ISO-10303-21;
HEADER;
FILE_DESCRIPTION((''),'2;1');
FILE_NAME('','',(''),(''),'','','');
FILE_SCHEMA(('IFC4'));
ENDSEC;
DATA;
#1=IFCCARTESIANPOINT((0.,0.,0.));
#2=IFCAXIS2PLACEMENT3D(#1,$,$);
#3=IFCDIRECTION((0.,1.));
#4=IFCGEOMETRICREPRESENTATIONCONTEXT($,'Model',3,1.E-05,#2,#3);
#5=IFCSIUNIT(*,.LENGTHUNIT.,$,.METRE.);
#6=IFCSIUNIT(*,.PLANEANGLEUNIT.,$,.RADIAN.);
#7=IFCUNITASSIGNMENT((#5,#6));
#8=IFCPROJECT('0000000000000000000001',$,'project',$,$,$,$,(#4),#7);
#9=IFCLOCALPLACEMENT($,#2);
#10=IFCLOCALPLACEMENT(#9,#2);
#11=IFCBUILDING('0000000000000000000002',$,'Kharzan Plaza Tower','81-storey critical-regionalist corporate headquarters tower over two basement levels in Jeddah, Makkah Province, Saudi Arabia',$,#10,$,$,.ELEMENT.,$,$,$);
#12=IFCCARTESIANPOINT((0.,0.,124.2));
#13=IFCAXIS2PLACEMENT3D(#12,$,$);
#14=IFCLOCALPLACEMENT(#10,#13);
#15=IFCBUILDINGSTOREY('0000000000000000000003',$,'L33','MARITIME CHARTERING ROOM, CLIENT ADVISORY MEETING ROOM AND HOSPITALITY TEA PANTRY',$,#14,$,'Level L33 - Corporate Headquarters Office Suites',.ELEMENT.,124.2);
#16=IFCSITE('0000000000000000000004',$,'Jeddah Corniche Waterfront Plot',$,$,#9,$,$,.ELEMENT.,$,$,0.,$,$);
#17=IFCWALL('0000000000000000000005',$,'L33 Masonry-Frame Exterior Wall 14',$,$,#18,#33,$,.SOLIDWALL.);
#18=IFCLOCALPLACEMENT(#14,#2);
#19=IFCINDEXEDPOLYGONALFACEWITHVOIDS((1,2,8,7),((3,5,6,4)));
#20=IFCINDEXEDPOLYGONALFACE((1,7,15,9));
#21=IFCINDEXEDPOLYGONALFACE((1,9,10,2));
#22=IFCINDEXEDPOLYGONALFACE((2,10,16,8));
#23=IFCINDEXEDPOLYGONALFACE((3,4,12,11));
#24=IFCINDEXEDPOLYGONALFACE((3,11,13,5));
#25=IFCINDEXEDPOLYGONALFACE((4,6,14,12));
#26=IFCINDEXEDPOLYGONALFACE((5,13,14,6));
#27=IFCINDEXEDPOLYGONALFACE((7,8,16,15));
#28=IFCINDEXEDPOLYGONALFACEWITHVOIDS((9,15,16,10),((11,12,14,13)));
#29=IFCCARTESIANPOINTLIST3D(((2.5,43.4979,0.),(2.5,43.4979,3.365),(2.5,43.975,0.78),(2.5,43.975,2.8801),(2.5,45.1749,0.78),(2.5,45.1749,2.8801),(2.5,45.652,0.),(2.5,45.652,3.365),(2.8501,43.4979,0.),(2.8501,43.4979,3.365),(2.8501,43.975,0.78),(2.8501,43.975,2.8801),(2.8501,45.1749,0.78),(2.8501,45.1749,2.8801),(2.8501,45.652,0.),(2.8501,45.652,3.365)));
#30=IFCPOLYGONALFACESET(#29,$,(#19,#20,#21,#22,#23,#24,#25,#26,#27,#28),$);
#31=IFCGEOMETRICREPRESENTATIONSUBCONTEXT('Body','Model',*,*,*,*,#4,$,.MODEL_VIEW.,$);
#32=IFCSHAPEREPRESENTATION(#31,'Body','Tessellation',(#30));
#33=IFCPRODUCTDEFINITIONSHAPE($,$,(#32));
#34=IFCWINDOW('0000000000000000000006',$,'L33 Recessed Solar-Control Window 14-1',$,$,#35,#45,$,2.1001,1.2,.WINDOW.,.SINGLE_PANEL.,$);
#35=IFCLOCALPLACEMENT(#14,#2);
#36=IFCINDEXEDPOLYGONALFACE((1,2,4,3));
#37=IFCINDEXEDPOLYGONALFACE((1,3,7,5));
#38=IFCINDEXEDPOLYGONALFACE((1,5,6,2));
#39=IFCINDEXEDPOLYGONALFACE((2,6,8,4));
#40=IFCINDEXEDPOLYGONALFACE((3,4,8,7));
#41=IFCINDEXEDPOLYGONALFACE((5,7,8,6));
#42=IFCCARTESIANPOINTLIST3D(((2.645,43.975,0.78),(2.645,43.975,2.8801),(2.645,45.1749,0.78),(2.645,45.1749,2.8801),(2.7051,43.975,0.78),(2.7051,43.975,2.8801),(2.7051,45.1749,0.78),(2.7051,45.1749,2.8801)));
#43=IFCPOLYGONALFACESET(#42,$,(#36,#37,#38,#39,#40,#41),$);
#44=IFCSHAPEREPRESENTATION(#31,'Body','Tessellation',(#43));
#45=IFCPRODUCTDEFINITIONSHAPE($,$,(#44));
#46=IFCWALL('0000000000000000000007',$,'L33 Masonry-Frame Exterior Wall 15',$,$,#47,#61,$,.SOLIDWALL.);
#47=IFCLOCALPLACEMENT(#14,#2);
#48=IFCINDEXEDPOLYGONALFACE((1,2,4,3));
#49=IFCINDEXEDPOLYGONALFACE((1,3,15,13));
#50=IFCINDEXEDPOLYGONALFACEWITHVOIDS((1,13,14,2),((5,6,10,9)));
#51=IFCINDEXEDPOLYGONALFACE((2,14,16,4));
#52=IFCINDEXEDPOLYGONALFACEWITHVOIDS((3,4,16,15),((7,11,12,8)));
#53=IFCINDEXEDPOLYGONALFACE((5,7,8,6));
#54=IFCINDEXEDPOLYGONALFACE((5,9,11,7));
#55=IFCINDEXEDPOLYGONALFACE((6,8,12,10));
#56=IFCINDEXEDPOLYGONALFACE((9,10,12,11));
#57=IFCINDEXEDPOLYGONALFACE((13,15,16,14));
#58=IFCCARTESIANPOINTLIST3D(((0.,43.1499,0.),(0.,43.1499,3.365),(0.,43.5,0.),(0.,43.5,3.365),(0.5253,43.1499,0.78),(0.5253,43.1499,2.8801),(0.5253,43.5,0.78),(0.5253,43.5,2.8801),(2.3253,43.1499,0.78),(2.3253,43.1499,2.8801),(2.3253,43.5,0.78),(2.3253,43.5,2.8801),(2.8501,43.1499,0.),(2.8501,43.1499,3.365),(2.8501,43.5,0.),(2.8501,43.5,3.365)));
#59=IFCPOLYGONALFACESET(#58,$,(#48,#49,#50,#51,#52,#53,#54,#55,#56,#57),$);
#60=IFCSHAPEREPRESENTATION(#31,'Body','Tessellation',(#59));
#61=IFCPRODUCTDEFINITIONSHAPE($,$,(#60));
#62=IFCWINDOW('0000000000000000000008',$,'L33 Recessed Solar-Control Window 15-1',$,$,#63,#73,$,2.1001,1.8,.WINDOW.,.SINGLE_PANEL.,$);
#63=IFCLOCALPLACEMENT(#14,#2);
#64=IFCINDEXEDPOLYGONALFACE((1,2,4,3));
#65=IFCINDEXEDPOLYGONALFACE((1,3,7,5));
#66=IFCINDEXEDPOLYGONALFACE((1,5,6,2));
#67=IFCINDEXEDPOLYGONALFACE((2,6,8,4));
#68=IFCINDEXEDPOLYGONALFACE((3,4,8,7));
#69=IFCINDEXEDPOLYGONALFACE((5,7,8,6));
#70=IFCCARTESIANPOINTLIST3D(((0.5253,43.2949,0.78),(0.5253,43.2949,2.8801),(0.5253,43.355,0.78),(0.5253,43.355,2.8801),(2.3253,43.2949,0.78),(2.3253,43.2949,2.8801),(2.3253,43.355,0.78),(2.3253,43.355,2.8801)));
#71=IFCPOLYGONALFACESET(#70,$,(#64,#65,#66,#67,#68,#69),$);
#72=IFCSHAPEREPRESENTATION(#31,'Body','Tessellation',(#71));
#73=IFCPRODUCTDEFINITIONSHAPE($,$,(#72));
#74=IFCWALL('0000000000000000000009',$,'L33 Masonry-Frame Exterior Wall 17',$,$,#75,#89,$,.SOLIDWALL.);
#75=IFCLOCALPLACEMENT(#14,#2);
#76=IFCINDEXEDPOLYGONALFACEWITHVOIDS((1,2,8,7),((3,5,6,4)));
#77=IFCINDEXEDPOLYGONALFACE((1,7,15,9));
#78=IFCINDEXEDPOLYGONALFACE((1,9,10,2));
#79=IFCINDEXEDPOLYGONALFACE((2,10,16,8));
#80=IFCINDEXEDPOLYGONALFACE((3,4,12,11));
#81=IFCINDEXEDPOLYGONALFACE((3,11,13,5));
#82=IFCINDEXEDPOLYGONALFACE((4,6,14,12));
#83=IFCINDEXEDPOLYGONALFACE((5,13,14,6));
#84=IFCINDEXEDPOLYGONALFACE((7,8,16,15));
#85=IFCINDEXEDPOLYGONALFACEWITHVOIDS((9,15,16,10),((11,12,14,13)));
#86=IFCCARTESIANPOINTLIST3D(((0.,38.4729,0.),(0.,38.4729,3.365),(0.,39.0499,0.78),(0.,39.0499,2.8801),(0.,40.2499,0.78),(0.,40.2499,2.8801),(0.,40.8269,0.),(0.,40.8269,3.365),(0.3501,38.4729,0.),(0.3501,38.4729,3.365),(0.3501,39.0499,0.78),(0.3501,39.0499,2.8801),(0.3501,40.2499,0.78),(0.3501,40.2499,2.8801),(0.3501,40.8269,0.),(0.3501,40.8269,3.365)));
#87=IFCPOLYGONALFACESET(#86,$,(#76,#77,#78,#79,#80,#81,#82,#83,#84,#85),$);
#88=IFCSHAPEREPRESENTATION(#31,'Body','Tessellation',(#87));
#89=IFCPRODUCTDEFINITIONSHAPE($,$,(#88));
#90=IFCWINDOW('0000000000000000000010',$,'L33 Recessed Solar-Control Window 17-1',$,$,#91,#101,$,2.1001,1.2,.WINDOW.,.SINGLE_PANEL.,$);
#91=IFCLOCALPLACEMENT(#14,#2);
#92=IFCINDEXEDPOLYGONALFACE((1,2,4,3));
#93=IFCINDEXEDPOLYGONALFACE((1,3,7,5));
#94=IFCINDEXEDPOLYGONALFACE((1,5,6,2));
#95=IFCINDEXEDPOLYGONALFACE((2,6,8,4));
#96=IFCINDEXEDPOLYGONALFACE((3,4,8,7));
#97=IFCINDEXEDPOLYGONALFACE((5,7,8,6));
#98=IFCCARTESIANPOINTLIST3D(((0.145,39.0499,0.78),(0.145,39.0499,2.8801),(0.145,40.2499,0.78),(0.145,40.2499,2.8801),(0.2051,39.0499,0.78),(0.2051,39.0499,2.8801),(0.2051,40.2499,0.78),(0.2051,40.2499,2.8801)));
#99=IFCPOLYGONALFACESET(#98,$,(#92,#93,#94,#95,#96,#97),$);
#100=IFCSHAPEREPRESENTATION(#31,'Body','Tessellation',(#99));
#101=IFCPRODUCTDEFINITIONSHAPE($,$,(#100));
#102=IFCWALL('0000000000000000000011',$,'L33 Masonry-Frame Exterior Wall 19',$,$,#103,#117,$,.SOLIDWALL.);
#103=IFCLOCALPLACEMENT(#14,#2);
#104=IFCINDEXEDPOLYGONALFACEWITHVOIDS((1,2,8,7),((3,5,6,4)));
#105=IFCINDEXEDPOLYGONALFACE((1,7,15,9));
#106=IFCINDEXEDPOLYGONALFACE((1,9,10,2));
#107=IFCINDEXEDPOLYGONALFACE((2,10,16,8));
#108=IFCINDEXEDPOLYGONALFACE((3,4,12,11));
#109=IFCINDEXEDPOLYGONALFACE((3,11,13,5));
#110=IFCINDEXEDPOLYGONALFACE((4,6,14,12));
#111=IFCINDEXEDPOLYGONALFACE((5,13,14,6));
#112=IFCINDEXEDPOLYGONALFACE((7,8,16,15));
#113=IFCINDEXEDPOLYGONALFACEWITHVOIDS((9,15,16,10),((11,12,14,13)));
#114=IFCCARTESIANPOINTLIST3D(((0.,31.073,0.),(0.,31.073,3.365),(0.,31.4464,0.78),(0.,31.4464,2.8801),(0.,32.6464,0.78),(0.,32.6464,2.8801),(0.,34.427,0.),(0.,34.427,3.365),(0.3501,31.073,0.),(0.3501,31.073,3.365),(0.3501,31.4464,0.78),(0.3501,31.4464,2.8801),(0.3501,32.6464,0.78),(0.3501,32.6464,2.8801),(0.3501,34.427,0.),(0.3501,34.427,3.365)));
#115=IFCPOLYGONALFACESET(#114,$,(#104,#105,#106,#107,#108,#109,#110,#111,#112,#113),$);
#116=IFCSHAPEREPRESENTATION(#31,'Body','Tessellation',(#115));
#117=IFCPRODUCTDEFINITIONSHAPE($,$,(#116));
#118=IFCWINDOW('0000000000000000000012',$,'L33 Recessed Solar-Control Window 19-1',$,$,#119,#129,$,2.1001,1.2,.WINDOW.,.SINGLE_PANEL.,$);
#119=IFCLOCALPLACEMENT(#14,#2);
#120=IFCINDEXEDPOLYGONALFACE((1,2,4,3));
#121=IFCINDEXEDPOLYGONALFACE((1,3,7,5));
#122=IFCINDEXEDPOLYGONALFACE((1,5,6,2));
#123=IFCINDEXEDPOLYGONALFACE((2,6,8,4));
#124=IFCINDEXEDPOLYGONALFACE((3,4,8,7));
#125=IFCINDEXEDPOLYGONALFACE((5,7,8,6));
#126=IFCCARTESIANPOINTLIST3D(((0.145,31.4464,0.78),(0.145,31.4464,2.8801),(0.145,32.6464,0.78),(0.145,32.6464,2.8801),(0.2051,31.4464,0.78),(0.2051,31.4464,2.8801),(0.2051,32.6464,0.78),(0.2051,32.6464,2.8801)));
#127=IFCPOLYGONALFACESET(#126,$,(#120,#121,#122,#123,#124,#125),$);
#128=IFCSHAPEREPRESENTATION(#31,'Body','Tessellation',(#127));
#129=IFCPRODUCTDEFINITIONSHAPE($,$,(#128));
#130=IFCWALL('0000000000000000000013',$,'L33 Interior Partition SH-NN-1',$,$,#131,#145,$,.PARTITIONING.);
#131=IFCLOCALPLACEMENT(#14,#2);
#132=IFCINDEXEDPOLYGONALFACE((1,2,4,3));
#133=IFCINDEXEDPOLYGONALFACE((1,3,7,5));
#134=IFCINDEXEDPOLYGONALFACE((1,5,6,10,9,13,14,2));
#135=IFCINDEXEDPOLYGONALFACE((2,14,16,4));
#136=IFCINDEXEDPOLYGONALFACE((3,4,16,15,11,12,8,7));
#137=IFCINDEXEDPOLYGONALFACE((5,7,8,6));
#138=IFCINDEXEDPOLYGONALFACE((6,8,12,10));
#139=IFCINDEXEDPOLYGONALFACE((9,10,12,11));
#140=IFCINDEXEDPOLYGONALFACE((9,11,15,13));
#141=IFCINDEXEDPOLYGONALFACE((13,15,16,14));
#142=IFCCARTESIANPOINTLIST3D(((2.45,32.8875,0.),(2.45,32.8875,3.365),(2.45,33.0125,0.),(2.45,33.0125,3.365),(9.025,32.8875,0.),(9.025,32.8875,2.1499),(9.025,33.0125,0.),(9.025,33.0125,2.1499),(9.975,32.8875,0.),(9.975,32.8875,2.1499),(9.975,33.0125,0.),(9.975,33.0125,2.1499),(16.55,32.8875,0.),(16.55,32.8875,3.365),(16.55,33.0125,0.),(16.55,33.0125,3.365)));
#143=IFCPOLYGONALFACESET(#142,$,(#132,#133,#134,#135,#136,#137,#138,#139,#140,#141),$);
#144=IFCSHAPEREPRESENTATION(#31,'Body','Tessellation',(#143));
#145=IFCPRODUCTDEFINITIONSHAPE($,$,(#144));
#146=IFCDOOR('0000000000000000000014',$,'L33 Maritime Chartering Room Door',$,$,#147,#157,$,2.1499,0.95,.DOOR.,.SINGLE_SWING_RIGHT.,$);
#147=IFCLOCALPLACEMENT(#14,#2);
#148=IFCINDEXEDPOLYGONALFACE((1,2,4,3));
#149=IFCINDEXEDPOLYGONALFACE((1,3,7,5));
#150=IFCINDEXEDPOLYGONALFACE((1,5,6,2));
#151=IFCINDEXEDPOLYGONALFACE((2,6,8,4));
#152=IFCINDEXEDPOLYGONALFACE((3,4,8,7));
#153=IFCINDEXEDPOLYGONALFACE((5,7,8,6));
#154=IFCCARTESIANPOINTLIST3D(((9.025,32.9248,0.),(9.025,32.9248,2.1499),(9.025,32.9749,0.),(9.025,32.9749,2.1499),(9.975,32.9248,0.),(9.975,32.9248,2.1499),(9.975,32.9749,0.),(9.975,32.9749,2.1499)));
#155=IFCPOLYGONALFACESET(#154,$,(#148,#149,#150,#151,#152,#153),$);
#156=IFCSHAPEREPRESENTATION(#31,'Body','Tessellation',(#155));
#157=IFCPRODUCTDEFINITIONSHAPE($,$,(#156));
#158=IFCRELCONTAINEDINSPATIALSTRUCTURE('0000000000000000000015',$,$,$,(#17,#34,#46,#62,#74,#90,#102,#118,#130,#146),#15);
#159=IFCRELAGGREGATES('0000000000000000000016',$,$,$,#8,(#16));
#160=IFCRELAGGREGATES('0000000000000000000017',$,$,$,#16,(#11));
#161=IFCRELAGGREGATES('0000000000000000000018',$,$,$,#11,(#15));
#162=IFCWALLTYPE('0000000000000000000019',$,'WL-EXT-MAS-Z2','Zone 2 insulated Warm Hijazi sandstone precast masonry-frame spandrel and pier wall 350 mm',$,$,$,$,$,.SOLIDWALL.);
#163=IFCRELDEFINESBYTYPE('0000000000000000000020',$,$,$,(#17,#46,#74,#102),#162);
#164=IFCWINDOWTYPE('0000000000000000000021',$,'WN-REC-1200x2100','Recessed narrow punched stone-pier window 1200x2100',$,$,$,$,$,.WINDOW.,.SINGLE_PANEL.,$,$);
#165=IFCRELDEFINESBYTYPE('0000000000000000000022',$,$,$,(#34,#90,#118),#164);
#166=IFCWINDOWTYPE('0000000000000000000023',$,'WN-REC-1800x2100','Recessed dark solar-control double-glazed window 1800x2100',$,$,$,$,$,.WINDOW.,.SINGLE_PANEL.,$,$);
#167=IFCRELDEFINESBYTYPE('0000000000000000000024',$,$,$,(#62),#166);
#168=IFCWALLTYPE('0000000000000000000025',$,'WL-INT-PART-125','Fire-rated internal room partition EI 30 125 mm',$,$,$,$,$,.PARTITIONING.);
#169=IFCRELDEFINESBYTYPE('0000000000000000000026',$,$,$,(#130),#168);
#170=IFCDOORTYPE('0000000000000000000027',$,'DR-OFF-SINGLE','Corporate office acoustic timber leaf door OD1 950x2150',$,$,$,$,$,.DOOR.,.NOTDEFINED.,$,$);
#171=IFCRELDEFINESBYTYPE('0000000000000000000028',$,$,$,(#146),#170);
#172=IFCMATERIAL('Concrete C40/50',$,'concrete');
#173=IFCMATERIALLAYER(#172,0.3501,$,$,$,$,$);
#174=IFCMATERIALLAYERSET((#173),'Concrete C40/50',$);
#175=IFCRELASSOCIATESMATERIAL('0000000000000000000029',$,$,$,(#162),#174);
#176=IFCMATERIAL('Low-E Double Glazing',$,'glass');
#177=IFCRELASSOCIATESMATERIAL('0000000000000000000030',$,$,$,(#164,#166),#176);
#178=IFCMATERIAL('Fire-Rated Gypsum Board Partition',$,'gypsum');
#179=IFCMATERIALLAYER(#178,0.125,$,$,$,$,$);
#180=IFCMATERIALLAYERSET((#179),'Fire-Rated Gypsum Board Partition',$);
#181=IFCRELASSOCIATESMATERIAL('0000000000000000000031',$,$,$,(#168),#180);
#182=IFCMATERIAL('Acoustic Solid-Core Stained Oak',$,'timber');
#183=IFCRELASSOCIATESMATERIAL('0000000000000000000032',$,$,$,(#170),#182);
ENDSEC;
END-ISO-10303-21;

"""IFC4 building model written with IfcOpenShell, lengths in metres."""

from ifc_helpers import new_model, si_unit, direction, frame, frame_2d, origin, place, context, subcontext, project, spatial, rectangle, extrude, source, transform, mapped, material, layer, layer_set, type_object, element, fill, save


model = new_model("IFC4")

# Units and contexts
model_context = context("Model", 3, precision=1e-05, world=origin(), true_north=direction((0.0, 1.0)))
body_context = subcontext(model_context, "Body", "Model", "MODEL_VIEW")
ifc_project = project(units=[si_unit("LENGTHUNIT", "METRE"), si_unit("PLANEANGLEUNIT", "RADIAN")], contexts=[model_context])

# Site, building, storey
site_placement = place(None, origin())
site = spatial("IfcSite", under=ifc_project, at=site_placement, Name="Jeddah Corniche Waterfront Plot", CompositionType="ELEMENT", RefElevation=0.0)
building_placement = place(site_placement, origin())
building = spatial("IfcBuilding", under=site, at=building_placement, Name="Kharzan Plaza Tower", Description="81-storey critical-regionalist corporate headquarters tower over two basement levels in Jeddah, Makkah Province, Saudi Arabia", CompositionType="ELEMENT")
storey_placement = place(building_placement, frame((0.0, 0.0, 124.2)))
storey = spatial("IfcBuildingStorey", under=building, at=storey_placement, Name="L33", Description="MARITIME CHARTERING ROOM, CLIENT ADVISORY MEETING ROOM AND HOSPITALITY TEA PANTRY", LongName="Level L33 - Corporate Headquarters Office Suites", CompositionType="ELEMENT", Elevation=124.2)

# Walls, openings, windows
ifc_material_1 = material(Name="Concrete C40/50", Category="concrete")
ifc_layer_1 = layer(ifc_material_1, 0.3501)
ifc_layer_set_1 = layer_set([ifc_layer_1], Name="Concrete C40/50")
wall_type_1 = type_object("IfcWallType", Name="WL-EXT-MAS-Z2", Description="Zone 2 insulated Warm Hijazi sandstone precast masonry-frame spandrel and pier wall 350 mm", PredefinedType="SOLIDWALL", material=ifc_layer_set_1)
wall_1_placement = place(storey_placement, frame((2.675, 45.6521, 0.0), z_axis=(0.0, 0.0, 1.0), x_axis=(0.0, -1.0, 0.0)))
wall_1 = element("IfcWall", 1, at=wall_1_placement, inside=storey, type_object=wall_type_1, Name="L33 Masonry-Frame Exterior Wall 14", PredefinedType="SOLIDWALL", context=body_context, shape_type="SweptSolid", body=[
    extrude(rectangle(XDim=2.1541, YDim=0.3501, at=frame_2d((1.0771, 0.0))), origin(), (0.0, 0.0, 1.0), 3.365),
])
opening_1_placement = place(wall_1_placement, frame((0.4771, 0.0, 0.78)))
opening_1 = element("IfcOpeningElement", 2, at=opening_1_placement, cuts=wall_1, PredefinedType="OPENING", context=body_context, shape_type="SweptSolid", body=[
    extrude(rectangle(XDim=1.2, YDim=2.1001, at=frame_2d((0.6001, 1.05))), frame((0.0, 0.1851, 0.0), z_axis=(0.0, -1.0, 0.0), x_axis=(1.0, 0.0, 0.0)), (0.0, 0.0, 1.0), 0.3701),
])
ifc_material_2 = material(Name="Low-E Double Glazing", Category="glass")
window_type_1 = type_object("IfcWindowType", Name="WN-REC-1200x2100", Description="Recessed narrow punched stone-pier window 1200x2100", PartitioningType="SINGLE_PANEL", PredefinedType="WINDOW", material=ifc_material_2)
shared_shape_1 = source(origin(), body_context, "Body", "SweptSolid", [
    extrude(rectangle(XDim=1.2, YDim=2.1001, at=frame_2d((0.6001, 1.05))), frame((0.0, 0.03, 0.0), z_axis=(0.0, -1.0, 0.0), x_axis=(1.0, 0.0, 0.0)), (0.0, 0.0, 1.0), 0.0601),
])
window_1_placement = place(opening_1_placement, origin())
window_1 = element("IfcWindow", 3, at=window_1_placement, inside=storey, type_object=window_type_1, Name="L33 Recessed Solar-Control Window 14-1", OverallHeight=2.1001, OverallWidth=1.2, PartitioningType="SINGLE_PANEL", PredefinedType="WINDOW", context=body_context, shape_type="MappedRepresentation", body=[
    mapped(shared_shape_1, transform((0.0, 0.0, 0.0), x_axis=(1.0, 0.0, 0.0), y_axis=(0.0, 1.0, 0.0), z_axis=(0.0, 0.0, 1.0))),
])
fill(opening_1, window_1)
wall_2_placement = place(storey_placement, frame((2.8501, 43.325, 0.0), z_axis=(0.0, 0.0, 1.0), x_axis=(-1.0, 0.0, 0.0)))
wall_2 = element("IfcWall", 4, at=wall_2_placement, inside=storey, type_object=wall_type_1, Name="L33 Masonry-Frame Exterior Wall 15", PredefinedType="SOLIDWALL", context=body_context, shape_type="SweptSolid", body=[
    extrude(rectangle(XDim=2.8501, YDim=0.3501, at=frame_2d((1.425, 0.0))), origin(), (0.0, 0.0, 1.0), 3.365),
])
opening_2_placement = place(wall_2_placement, frame((0.5249, 0.0, 0.78)))
opening_2 = element("IfcOpeningElement", 5, at=opening_2_placement, cuts=wall_2, PredefinedType="OPENING", context=body_context, shape_type="SweptSolid", body=[
    extrude(rectangle(XDim=1.8, YDim=2.1001, at=frame_2d((0.8999, 1.05))), frame((0.0, 0.1851, 0.0), z_axis=(0.0, -1.0, 0.0), x_axis=(1.0, 0.0, 0.0)), (0.0, 0.0, 1.0), 0.3701),
])
window_type_2 = type_object("IfcWindowType", Name="WN-REC-1800x2100", Description="Recessed dark solar-control double-glazed window 1800x2100", PartitioningType="SINGLE_PANEL", PredefinedType="WINDOW", material=ifc_material_2)
shared_shape_2 = source(origin(), body_context, "Body", "SweptSolid", [
    extrude(rectangle(XDim=1.8, YDim=2.1001, at=frame_2d((0.8999, 1.05))), frame((0.0, 0.03, 0.0), z_axis=(0.0, -1.0, 0.0), x_axis=(1.0, 0.0, 0.0)), (0.0, 0.0, 1.0), 0.0601),
])
window_2_placement = place(opening_2_placement, origin())
window_2 = element("IfcWindow", 6, at=window_2_placement, inside=storey, type_object=window_type_2, Name="L33 Recessed Solar-Control Window 15-1", OverallHeight=2.1001, OverallWidth=1.8, PartitioningType="SINGLE_PANEL", PredefinedType="WINDOW", context=body_context, shape_type="MappedRepresentation", body=[
    mapped(shared_shape_2, transform((0.0, 0.0, 0.0), x_axis=(1.0, 0.0, 0.0), y_axis=(0.0, 1.0, 0.0), z_axis=(0.0, 0.0, 1.0))),
])
fill(opening_2, window_2)
wall_3_placement = place(storey_placement, frame((0.175, 40.8269, 0.0), z_axis=(0.0, 0.0, 1.0), x_axis=(0.0, -1.0, 0.0)))
wall_3 = element("IfcWall", 7, at=wall_3_placement, inside=storey, type_object=wall_type_1, Name="L33 Masonry-Frame Exterior Wall 17", PredefinedType="SOLIDWALL", context=body_context, shape_type="SweptSolid", body=[
    extrude(rectangle(XDim=2.354, YDim=0.3501, at=frame_2d((1.177, 0.0))), origin(), (0.0, 0.0, 1.0), 3.365),
])
opening_3_placement = place(wall_3_placement, frame((0.5769, 0.0, 0.78)))
opening_3 = element("IfcOpeningElement", 8, at=opening_3_placement, cuts=wall_3, PredefinedType="OPENING", context=body_context, shape_type="SweptSolid", body=[
    extrude(rectangle(XDim=1.2, YDim=2.1001, at=frame_2d((0.6001, 1.05))), frame((0.0, 0.1851, 0.0), z_axis=(0.0, -1.0, 0.0), x_axis=(1.0, 0.0, 0.0)), (0.0, 0.0, 1.0), 0.3701),
])
window_3_placement = place(opening_3_placement, origin())
window_3 = element("IfcWindow", 9, at=window_3_placement, inside=storey, type_object=window_type_1, Name="L33 Recessed Solar-Control Window 17-1", OverallHeight=2.1001, OverallWidth=1.2, PartitioningType="SINGLE_PANEL", PredefinedType="WINDOW", context=body_context, shape_type="MappedRepresentation", body=[
    mapped(shared_shape_1, transform((0.0, 0.0, 0.0), x_axis=(1.0, 0.0, 0.0), y_axis=(0.0, 1.0, 0.0), z_axis=(0.0, 0.0, 1.0))),
])
fill(opening_3, window_3)
wall_4_placement = place(storey_placement, frame((0.175, 34.427, 0.0), z_axis=(0.0, 0.0, 1.0), x_axis=(0.0, -1.0, 0.0)))
wall_4 = element("IfcWall", 10, at=wall_4_placement, inside=storey, type_object=wall_type_1, Name="L33 Masonry-Frame Exterior Wall 19", PredefinedType="SOLIDWALL", context=body_context, shape_type="SweptSolid", body=[
    extrude(rectangle(XDim=3.354, YDim=0.3501, at=frame_2d((1.677, 0.0))), origin(), (0.0, 0.0, 1.0), 3.365),
])
opening_4_placement = place(wall_4_placement, frame((1.7805, 0.0, 0.78)))
opening_4 = element("IfcOpeningElement", 11, at=opening_4_placement, cuts=wall_4, PredefinedType="OPENING", context=body_context, shape_type="SweptSolid", body=[
    extrude(rectangle(XDim=1.2, YDim=2.1001, at=frame_2d((0.6001, 1.05))), frame((0.0, 0.1851, 0.0), z_axis=(0.0, -1.0, 0.0), x_axis=(1.0, 0.0, 0.0)), (0.0, 0.0, 1.0), 0.3701),
])
window_4_placement = place(opening_4_placement, origin())
window_4 = element("IfcWindow", 12, at=window_4_placement, inside=storey, type_object=window_type_1, Name="L33 Recessed Solar-Control Window 19-1", OverallHeight=2.1001, OverallWidth=1.2, PartitioningType="SINGLE_PANEL", PredefinedType="WINDOW", context=body_context, shape_type="MappedRepresentation", body=[
    mapped(shared_shape_1, transform((0.0, 0.0, 0.0), x_axis=(1.0, 0.0, 0.0), y_axis=(0.0, 1.0, 0.0), z_axis=(0.0, 0.0, 1.0))),
])
fill(opening_4, window_4)

# Wall, opening, door
ifc_material_3 = material(Name="Fire-Rated Gypsum Board Partition", Category="gypsum")
ifc_layer_2 = layer(ifc_material_3, 0.125)
ifc_layer_set_2 = layer_set([ifc_layer_2], Name="Fire-Rated Gypsum Board Partition")
wall_type_2 = type_object("IfcWallType", Name="WL-INT-PART-125", Description="Fire-rated internal room partition EI 30 125 mm", PredefinedType="PARTITIONING", material=ifc_layer_set_2)
wall_5_placement = place(storey_placement, frame((2.45, 32.95, 0.0), z_axis=(0.0, 0.0, 1.0), x_axis=(1.0, 0.0, 0.0)))
wall_5 = element("IfcWall", 13, at=wall_5_placement, inside=storey, type_object=wall_type_2, Name="L33 Interior Partition SH-NN-1", PredefinedType="PARTITIONING", context=body_context, shape_type="SweptSolid", body=[
    extrude(rectangle(XDim=14.1001, YDim=0.125, at=frame_2d((7.05, 0.0))), origin(), (0.0, 0.0, 1.0), 3.365),
])
opening_5_placement = place(wall_5_placement, frame((6.575, 0.0, 0.0)))
opening_5 = element("IfcOpeningElement", 14, at=opening_5_placement, cuts=wall_5, PredefinedType="OPENING", context=body_context, shape_type="SweptSolid", body=[
    extrude(rectangle(XDim=0.95, YDim=2.1499, at=frame_2d((0.4751, 1.075))), frame((0.0, 0.0725, 0.0), z_axis=(0.0, -1.0, 0.0), x_axis=(1.0, 0.0, 0.0)), (0.0, 0.0, 1.0), 0.145),
])
ifc_material_4 = material(Name="Acoustic Solid-Core Stained Oak", Category="timber")
door_type = type_object("IfcDoorType", Name="DR-OFF-SINGLE", Description="Corporate office acoustic timber leaf door OD1 950x2150", OperationType="NOTDEFINED", PredefinedType="DOOR", material=ifc_material_4)
shared_shape_3 = source(origin(), body_context, "Body", "SweptSolid", [
    extrude(rectangle(XDim=0.95, YDim=2.1499, at=frame_2d((0.4751, 1.075))), frame((0.0, 0.0249, 0.0), z_axis=(0.0, -1.0, 0.0), x_axis=(1.0, 0.0, 0.0)), (0.0, 0.0, 1.0), 0.05),
])
door_placement = place(opening_5_placement, origin())
door = element("IfcDoor", 15, at=door_placement, inside=storey, type_object=door_type, Name="L33 Maritime Chartering Room Door", OperationType="SINGLE_SWING_RIGHT", OverallHeight=2.1499, OverallWidth=0.95, PredefinedType="DOOR", context=body_context, shape_type="MappedRepresentation", body=[
    mapped(shared_shape_3, transform((0.0, 0.0, 0.0), x_axis=(1.0, 0.0, 0.0), y_axis=(0.0, 1.0, 0.0), z_axis=(0.0, 0.0, 1.0))),
])
fill(opening_5, door)

save(model, "model.ifc")
